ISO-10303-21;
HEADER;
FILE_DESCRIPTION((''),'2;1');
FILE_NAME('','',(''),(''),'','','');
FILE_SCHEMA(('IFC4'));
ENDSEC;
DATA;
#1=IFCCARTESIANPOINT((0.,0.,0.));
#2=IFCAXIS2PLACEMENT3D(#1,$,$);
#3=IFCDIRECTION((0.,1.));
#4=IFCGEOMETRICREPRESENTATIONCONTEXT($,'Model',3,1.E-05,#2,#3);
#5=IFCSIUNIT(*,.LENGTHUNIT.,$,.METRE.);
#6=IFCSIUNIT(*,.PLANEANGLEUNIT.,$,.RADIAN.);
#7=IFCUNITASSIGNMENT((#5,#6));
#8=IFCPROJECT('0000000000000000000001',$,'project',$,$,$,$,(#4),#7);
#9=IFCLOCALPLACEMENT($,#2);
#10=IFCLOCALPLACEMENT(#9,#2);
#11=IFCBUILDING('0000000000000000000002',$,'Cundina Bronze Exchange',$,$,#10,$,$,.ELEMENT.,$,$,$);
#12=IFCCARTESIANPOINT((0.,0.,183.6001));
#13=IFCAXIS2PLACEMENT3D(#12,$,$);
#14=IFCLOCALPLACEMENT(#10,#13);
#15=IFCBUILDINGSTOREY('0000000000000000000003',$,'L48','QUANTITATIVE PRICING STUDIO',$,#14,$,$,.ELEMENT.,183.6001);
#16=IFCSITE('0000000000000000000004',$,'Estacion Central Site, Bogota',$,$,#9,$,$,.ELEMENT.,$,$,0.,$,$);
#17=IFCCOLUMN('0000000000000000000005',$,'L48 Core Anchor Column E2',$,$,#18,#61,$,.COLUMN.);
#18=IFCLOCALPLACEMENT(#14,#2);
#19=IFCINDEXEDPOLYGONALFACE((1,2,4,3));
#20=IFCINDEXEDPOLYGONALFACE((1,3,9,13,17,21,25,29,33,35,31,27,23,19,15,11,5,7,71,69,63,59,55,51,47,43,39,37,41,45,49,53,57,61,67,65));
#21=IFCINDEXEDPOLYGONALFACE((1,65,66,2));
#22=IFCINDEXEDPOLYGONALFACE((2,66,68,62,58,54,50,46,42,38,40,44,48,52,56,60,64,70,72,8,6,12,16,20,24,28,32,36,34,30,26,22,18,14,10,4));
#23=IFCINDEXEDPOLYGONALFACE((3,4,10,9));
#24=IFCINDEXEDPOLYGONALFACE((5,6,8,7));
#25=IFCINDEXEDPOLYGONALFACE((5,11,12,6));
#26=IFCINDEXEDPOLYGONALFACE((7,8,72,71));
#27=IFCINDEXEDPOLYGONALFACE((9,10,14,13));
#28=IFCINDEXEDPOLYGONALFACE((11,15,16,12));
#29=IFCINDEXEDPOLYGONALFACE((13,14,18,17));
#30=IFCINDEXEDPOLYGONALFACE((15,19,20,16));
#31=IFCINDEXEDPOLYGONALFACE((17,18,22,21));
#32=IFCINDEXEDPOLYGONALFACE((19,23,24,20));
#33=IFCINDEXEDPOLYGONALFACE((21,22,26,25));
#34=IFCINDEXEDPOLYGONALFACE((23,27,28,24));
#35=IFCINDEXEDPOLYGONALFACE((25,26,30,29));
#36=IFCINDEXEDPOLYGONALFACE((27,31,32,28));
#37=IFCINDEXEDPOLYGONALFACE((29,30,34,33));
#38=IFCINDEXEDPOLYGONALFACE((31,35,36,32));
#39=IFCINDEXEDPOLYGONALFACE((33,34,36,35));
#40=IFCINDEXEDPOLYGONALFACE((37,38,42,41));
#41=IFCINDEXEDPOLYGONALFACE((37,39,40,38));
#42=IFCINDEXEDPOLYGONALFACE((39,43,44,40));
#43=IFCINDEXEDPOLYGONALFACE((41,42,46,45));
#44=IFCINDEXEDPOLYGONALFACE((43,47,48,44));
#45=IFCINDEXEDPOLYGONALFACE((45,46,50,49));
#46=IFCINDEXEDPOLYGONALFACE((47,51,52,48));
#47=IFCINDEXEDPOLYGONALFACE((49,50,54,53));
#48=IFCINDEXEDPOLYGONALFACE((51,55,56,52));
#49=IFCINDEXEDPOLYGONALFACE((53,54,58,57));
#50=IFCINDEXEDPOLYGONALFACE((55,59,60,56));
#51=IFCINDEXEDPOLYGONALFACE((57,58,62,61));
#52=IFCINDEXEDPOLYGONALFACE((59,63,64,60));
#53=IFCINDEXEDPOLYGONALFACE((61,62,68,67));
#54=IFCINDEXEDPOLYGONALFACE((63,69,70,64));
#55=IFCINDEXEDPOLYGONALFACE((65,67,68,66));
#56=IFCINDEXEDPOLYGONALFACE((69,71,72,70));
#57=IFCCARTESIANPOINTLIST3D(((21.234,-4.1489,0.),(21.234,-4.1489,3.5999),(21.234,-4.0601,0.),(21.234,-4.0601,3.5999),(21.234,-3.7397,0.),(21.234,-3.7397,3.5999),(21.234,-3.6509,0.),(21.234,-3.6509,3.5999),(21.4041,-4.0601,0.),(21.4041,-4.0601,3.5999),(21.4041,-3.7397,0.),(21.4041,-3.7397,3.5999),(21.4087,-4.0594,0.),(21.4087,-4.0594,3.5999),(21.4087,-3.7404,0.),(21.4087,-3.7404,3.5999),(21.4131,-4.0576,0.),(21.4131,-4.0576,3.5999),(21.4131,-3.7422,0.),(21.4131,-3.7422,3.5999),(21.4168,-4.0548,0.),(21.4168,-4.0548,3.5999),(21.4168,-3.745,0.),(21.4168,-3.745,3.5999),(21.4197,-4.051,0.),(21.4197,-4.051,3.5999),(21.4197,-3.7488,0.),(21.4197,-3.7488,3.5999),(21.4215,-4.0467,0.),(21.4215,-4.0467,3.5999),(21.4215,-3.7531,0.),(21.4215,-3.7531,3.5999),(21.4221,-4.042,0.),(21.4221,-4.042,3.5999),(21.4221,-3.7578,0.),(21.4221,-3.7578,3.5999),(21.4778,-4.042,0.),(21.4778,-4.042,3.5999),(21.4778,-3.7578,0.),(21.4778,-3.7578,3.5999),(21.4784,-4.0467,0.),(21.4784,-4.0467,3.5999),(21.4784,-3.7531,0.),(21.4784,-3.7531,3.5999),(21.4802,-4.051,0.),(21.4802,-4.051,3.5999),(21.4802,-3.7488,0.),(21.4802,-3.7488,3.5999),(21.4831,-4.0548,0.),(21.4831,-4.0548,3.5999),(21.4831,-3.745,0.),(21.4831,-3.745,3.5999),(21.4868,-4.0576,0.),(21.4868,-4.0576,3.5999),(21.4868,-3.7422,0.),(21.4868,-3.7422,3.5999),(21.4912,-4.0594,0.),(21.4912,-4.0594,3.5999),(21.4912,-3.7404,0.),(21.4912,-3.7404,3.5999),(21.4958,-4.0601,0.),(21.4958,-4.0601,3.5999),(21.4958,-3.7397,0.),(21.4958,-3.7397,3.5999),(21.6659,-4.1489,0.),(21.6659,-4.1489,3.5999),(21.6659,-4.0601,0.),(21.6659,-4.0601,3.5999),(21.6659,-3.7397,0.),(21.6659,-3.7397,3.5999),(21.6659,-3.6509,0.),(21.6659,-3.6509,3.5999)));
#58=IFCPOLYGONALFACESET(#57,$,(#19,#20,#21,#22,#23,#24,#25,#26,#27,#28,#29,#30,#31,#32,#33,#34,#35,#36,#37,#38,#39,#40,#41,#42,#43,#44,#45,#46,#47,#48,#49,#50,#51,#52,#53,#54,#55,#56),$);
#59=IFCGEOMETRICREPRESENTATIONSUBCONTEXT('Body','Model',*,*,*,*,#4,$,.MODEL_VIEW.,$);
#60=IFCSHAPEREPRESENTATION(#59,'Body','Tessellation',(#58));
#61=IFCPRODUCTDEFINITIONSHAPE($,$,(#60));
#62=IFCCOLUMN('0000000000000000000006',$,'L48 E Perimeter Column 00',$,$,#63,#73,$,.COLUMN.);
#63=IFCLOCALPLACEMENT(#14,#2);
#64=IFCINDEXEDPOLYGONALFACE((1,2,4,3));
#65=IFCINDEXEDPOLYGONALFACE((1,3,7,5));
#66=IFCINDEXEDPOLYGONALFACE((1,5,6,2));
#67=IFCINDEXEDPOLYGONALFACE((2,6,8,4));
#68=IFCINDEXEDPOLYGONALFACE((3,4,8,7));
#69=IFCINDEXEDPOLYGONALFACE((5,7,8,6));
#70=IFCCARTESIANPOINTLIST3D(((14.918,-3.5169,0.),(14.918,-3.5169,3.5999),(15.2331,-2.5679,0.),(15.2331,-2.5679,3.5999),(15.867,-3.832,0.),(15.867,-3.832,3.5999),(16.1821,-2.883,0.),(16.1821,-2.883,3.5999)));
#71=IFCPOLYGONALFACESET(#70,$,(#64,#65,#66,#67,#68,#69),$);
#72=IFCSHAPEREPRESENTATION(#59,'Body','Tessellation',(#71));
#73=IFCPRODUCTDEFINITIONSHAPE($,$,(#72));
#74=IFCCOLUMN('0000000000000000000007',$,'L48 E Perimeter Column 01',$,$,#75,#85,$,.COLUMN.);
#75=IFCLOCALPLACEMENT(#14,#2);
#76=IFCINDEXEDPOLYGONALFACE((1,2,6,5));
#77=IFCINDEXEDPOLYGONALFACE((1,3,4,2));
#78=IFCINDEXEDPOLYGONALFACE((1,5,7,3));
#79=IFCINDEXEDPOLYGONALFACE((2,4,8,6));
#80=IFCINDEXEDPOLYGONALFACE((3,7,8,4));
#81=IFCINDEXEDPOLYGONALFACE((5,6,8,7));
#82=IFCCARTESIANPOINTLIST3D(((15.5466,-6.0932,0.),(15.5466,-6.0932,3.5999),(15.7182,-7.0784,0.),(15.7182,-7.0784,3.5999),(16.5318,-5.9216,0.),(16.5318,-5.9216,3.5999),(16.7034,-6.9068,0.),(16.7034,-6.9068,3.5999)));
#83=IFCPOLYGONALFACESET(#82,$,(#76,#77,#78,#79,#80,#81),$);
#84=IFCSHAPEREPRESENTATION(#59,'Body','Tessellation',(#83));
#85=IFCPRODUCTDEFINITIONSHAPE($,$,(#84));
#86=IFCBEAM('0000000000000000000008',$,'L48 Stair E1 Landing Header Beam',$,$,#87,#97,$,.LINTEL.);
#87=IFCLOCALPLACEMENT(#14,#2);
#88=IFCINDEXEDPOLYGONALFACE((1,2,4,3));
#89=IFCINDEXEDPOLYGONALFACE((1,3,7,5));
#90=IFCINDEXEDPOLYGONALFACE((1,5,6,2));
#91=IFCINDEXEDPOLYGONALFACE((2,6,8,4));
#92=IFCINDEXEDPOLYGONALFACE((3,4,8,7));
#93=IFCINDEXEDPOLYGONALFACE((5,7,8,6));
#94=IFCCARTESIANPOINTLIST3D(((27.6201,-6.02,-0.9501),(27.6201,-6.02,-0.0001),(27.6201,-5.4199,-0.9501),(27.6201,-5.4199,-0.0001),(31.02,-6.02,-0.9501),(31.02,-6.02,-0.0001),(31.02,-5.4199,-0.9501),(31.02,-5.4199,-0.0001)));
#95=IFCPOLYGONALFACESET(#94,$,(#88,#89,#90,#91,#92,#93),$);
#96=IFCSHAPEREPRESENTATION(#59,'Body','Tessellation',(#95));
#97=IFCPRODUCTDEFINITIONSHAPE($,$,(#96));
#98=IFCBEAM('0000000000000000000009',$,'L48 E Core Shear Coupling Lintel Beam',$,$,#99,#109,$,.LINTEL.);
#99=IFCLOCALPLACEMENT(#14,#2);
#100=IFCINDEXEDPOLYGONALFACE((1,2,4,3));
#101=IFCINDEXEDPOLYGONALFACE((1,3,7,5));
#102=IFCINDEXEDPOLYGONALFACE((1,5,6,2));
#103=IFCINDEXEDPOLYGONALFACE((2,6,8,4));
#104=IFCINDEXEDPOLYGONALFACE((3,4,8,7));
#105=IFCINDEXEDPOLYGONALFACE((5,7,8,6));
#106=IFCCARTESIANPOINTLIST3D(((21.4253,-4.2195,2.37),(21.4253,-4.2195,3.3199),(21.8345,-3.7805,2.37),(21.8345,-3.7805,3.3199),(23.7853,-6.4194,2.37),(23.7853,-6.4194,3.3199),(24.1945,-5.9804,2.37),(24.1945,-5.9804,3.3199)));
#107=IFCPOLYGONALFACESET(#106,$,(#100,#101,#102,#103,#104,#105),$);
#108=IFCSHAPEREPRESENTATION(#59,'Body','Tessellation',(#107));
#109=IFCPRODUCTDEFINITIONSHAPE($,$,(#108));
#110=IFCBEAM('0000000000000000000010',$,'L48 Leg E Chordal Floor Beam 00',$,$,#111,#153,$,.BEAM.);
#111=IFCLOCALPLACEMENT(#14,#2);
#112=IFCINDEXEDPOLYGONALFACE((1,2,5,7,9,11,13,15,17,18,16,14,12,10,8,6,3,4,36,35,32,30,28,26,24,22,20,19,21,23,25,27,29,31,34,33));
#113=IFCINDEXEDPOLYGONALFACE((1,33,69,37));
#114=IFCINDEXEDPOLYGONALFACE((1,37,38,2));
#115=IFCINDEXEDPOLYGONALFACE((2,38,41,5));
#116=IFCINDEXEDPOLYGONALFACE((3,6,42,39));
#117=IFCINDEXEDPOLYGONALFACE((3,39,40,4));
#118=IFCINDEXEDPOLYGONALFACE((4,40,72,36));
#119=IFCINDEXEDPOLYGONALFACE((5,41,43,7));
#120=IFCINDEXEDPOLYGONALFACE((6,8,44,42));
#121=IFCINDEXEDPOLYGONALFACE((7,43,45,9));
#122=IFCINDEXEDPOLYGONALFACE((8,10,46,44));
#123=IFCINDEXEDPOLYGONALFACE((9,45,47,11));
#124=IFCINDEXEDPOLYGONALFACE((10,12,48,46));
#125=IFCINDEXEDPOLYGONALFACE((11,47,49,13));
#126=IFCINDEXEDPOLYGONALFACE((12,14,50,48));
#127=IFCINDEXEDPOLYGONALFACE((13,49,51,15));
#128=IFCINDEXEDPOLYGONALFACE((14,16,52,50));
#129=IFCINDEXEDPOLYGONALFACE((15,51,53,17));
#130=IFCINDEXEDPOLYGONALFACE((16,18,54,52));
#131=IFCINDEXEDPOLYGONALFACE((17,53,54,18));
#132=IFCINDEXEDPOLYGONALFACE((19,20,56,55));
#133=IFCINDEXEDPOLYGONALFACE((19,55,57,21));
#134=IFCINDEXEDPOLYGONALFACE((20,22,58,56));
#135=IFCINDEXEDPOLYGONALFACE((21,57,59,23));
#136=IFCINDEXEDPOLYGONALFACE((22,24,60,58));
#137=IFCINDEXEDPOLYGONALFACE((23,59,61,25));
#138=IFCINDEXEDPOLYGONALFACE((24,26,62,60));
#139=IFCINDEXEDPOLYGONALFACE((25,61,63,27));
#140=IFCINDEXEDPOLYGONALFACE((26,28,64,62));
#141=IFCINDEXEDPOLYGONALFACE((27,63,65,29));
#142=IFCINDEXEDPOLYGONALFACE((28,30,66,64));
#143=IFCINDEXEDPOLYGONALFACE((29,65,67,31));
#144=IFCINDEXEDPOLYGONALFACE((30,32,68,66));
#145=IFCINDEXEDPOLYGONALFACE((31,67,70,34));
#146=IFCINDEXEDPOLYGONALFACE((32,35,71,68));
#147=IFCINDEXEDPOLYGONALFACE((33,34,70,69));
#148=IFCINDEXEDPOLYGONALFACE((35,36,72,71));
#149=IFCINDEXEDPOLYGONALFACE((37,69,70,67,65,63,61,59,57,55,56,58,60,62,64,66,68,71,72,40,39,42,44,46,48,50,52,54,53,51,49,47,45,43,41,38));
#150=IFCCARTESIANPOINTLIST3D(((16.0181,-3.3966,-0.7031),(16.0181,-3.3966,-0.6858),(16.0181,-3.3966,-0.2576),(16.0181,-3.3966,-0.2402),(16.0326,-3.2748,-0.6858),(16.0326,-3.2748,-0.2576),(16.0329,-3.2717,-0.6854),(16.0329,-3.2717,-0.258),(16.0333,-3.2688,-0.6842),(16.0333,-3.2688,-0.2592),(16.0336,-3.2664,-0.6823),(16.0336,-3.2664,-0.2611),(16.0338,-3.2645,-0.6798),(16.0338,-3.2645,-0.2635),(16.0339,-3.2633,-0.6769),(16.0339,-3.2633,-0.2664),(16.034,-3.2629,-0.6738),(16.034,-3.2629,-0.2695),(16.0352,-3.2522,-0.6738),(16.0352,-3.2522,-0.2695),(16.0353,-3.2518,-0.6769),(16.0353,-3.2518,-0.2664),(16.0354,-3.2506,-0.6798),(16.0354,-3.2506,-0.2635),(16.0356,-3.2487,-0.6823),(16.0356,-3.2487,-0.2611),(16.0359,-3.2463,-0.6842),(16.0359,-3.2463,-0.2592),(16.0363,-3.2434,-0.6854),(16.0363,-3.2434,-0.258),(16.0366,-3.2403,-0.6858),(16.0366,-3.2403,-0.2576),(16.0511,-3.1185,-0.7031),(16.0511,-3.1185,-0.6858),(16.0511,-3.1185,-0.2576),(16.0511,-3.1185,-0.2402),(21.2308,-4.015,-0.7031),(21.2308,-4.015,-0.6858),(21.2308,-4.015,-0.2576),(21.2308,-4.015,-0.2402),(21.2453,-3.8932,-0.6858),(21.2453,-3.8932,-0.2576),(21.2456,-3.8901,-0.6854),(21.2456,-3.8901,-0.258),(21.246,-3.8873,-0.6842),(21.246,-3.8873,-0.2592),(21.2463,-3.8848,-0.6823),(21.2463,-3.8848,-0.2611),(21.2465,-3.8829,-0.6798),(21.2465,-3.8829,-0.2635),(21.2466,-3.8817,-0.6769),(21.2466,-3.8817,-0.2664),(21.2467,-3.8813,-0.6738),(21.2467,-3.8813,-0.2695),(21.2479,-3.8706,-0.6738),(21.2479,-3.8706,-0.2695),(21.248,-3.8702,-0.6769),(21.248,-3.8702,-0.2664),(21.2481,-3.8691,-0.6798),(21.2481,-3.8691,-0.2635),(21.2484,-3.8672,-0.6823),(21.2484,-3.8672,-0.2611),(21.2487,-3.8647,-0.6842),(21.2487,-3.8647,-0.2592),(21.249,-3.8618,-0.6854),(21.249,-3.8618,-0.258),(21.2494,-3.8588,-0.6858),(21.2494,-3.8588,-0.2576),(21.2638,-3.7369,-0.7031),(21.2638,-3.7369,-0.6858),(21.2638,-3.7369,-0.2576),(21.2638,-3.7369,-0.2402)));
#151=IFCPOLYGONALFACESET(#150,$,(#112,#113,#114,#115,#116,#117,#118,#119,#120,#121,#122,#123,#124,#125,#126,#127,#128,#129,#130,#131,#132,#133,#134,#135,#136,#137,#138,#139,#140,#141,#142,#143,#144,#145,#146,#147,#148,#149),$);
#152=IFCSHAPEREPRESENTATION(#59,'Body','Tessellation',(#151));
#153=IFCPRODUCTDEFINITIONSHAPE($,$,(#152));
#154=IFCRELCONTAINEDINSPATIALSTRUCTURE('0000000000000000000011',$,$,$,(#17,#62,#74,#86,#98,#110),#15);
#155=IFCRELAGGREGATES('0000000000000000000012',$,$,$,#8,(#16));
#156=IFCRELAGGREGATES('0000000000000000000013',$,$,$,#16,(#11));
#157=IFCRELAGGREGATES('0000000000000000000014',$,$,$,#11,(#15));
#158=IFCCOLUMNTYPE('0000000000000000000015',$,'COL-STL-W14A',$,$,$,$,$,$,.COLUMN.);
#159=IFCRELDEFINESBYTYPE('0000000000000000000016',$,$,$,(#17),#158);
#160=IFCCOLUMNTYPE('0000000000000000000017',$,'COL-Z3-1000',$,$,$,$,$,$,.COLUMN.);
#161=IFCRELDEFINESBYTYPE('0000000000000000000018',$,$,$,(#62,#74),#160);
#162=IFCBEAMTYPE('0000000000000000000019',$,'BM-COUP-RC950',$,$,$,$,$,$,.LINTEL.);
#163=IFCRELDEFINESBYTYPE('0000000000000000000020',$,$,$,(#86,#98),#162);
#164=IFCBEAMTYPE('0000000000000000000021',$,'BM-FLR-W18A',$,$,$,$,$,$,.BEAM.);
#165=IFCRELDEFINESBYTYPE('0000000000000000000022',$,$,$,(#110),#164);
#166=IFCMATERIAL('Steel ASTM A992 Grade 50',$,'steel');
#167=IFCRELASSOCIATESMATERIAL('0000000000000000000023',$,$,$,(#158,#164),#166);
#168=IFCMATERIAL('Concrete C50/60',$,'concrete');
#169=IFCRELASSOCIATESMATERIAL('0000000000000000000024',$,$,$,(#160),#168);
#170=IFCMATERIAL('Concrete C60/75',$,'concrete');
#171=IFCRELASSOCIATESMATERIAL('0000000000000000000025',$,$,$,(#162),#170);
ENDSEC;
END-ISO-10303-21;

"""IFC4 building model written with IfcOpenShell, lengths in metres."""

from ifc_helpers import new_model, si_unit, direction, frame, origin, origin_2d, place, context, subcontext, project, spatial, rectangle, i_section, extrude, material, material_profile, profile_set, type_object, element, save


model = new_model("IFC4")

# Units and contexts
model_context = context("Model", 3, precision=1e-05, world=origin(), true_north=direction((0.0, 1.0)))
body_context = subcontext(model_context, "Body", "Model", "MODEL_VIEW")
ifc_project = project(units=[si_unit("LENGTHUNIT", "METRE"), si_unit("PLANEANGLEUNIT", "RADIAN")], contexts=[model_context])

# Site, building, storey
site_placement = place(None, origin())
site = spatial("IfcSite", under=ifc_project, at=site_placement, Name="Estacion Central Site, Bogota", CompositionType="ELEMENT", RefElevation=0.0)
building_placement = place(site_placement, origin())
building = spatial("IfcBuilding", under=site, at=building_placement, Name="Cundina Bronze Exchange", CompositionType="ELEMENT")
storey_placement = place(building_placement, frame((0.0, 0.0, 183.6001)))
storey = spatial("IfcBuildingStorey", under=building, at=storey_placement, Name="L48", Description="QUANTITATIVE PRICING STUDIO", CompositionType="ELEMENT", Elevation=183.6001)

# Columns
ifc_material_1 = material(Name="Steel ASTM A992 Grade 50", Category="steel")
ifc_material_profile_1 = material_profile(ifc_material_1, i_section(OverallWidth=0.4319, OverallDepth=0.498, WebThickness=0.0557, FlangeThickness=0.0889, FilletRadius=0.0181, at=origin_2d()), Name="W14X500", Category="steel")
ifc_profile_set_1 = profile_set([ifc_material_profile_1], Name="Steel ASTM A992 Grade 50")
column_type_1 = type_object("IfcColumnType", Name="COL-STL-W14A", PredefinedType="COLUMN", material=ifc_profile_set_1)
column_placement = place(storey_placement, frame((21.45, -3.8999, 0.0), z_axis=(0.0, 0.0, 1.0), x_axis=(1.0, 0.0, 0.0)))
element("IfcColumn", 1, at=column_placement, inside=storey, type_object=column_type_1, Name="L48 Core Anchor Column E2", PredefinedType="COLUMN", context=body_context, shape_type="SweptSolid", body=[
    extrude(i_section(OverallWidth=0.4319, OverallDepth=0.498, WebThickness=0.0557, FlangeThickness=0.0889, FilletRadius=0.0181, at=origin_2d()), origin(), (0.0, 0.0, 1.0), 3.5999),
])
ifc_material_2 = material(Name="Concrete C50/60", Category="concrete")
ifc_material_profile_2 = material_profile(ifc_material_2, rectangle(XDim=1.0, YDim=1.0, at=origin_2d()), Name="RC1000X1000", Category="concrete")
ifc_profile_set_2 = profile_set([ifc_material_profile_2], Name="Concrete C50/60")
column_type_2 = type_object("IfcColumnType", Name="COL-Z3-1000", PredefinedType="COLUMN", material=ifc_profile_set_2)
for number, where, z_axis, x_axis, name in (
    (2, (15.55, -3.2, 0.0), (0.0, 0.0, 1.0), (-0.315152, -0.949041, 0.0), "L48 E Perimeter Column 00"),
    (3, (16.125, -6.5, 0.0), (0.0, 0.0, 1.0), (0.171585, -0.985169, 0.0), "L48 E Perimeter Column 01"),
):
    element("IfcColumn", number, at=place(storey_placement, frame(where, z_axis=z_axis, x_axis=x_axis)), inside=storey, type_object=column_type_2, Name=name, PredefinedType="COLUMN", context=body_context, shape_type="SweptSolid", body=[
        extrude(rectangle(XDim=1.0, YDim=1.0, at=origin_2d()), origin(), (0.0, 0.0, 1.0), 3.5999),
    ])

# Beams
ifc_material_3 = material(Name="Concrete C60/75", Category="concrete")
ifc_material_profile_3 = material_profile(ifc_material_3, rectangle(XDim=0.6001, YDim=0.95, at=origin_2d()), Name="RC600X950", Category="concrete")
ifc_profile_set_3 = profile_set([ifc_material_profile_3], Name="Concrete C60/75")
beam_type_1 = type_object("IfcBeamType", Name="BM-COUP-RC950", PredefinedType="LINTEL", material=ifc_profile_set_3)
beam_1_placement = place(storey_placement, frame((27.6201, -5.72, -0.4751), z_axis=(1.0, 0.0, 0.0), x_axis=(0.0, 1.0, 0.0)))
element("IfcBeam", 4, at=beam_1_placement, inside=storey, type_object=beam_type_1, Name="L48 Stair E1 Landing Header Beam", PredefinedType="LINTEL", context=body_context, shape_type="SweptSolid", body=[
    extrude(rectangle(XDim=0.6001, YDim=0.95, at=origin_2d()), origin(), (0.0, 0.0, 1.0), 3.3999),
])
beam_2_placement = place(storey_placement, frame((21.6299, -4.0, 2.845), z_axis=(0.73149, -0.681852, 0.0), x_axis=(0.681852, 0.73149, 0.0)))
element("IfcBeam", 5, at=beam_2_placement, inside=storey, type_object=beam_type_1, Name="L48 E Core Shear Coupling Lintel Beam", PredefinedType="LINTEL", context=body_context, shape_type="SweptSolid", body=[
    extrude(rectangle(XDim=0.6001, YDim=0.95, at=origin_2d()), origin(), (0.0, 0.0, 1.0), 3.2263),
])
ifc_material_profile_4 = material_profile(ifc_material_1, i_section(OverallWidth=0.28, OverallDepth=0.4629, WebThickness=0.0107, FlangeThickness=0.0173, FilletRadius=0.012, at=origin_2d()), Name="W18X76", Category="steel")
ifc_profile_set_4 = profile_set([ifc_material_profile_4], Name="Steel ASTM A992 Grade 50")
beam_type_2 = type_object("IfcBeamType", Name="BM-FLR-W18A", PredefinedType="BEAM", material=ifc_profile_set_4)
beam_3_placement = place(storey_placement, frame((21.2473, -3.876, -0.4717), z_axis=(-0.993036, 0.11781, 0.0), x_axis=(-0.11781, -0.993036, 0.0)))
element("IfcBeam", 6, at=beam_3_placement, inside=storey, type_object=beam_type_2, Name="L48 Leg E Chordal Floor Beam 00", PredefinedType="BEAM", context=body_context, shape_type="SweptSolid", body=[
    extrude(i_section(OverallWidth=0.28, OverallDepth=0.4629, WebThickness=0.0107, FlangeThickness=0.0173, FilletRadius=0.012, at=origin_2d()), origin(), (0.0, 0.0, 1.0), 5.2493),
])

save(model, "model.ifc")
